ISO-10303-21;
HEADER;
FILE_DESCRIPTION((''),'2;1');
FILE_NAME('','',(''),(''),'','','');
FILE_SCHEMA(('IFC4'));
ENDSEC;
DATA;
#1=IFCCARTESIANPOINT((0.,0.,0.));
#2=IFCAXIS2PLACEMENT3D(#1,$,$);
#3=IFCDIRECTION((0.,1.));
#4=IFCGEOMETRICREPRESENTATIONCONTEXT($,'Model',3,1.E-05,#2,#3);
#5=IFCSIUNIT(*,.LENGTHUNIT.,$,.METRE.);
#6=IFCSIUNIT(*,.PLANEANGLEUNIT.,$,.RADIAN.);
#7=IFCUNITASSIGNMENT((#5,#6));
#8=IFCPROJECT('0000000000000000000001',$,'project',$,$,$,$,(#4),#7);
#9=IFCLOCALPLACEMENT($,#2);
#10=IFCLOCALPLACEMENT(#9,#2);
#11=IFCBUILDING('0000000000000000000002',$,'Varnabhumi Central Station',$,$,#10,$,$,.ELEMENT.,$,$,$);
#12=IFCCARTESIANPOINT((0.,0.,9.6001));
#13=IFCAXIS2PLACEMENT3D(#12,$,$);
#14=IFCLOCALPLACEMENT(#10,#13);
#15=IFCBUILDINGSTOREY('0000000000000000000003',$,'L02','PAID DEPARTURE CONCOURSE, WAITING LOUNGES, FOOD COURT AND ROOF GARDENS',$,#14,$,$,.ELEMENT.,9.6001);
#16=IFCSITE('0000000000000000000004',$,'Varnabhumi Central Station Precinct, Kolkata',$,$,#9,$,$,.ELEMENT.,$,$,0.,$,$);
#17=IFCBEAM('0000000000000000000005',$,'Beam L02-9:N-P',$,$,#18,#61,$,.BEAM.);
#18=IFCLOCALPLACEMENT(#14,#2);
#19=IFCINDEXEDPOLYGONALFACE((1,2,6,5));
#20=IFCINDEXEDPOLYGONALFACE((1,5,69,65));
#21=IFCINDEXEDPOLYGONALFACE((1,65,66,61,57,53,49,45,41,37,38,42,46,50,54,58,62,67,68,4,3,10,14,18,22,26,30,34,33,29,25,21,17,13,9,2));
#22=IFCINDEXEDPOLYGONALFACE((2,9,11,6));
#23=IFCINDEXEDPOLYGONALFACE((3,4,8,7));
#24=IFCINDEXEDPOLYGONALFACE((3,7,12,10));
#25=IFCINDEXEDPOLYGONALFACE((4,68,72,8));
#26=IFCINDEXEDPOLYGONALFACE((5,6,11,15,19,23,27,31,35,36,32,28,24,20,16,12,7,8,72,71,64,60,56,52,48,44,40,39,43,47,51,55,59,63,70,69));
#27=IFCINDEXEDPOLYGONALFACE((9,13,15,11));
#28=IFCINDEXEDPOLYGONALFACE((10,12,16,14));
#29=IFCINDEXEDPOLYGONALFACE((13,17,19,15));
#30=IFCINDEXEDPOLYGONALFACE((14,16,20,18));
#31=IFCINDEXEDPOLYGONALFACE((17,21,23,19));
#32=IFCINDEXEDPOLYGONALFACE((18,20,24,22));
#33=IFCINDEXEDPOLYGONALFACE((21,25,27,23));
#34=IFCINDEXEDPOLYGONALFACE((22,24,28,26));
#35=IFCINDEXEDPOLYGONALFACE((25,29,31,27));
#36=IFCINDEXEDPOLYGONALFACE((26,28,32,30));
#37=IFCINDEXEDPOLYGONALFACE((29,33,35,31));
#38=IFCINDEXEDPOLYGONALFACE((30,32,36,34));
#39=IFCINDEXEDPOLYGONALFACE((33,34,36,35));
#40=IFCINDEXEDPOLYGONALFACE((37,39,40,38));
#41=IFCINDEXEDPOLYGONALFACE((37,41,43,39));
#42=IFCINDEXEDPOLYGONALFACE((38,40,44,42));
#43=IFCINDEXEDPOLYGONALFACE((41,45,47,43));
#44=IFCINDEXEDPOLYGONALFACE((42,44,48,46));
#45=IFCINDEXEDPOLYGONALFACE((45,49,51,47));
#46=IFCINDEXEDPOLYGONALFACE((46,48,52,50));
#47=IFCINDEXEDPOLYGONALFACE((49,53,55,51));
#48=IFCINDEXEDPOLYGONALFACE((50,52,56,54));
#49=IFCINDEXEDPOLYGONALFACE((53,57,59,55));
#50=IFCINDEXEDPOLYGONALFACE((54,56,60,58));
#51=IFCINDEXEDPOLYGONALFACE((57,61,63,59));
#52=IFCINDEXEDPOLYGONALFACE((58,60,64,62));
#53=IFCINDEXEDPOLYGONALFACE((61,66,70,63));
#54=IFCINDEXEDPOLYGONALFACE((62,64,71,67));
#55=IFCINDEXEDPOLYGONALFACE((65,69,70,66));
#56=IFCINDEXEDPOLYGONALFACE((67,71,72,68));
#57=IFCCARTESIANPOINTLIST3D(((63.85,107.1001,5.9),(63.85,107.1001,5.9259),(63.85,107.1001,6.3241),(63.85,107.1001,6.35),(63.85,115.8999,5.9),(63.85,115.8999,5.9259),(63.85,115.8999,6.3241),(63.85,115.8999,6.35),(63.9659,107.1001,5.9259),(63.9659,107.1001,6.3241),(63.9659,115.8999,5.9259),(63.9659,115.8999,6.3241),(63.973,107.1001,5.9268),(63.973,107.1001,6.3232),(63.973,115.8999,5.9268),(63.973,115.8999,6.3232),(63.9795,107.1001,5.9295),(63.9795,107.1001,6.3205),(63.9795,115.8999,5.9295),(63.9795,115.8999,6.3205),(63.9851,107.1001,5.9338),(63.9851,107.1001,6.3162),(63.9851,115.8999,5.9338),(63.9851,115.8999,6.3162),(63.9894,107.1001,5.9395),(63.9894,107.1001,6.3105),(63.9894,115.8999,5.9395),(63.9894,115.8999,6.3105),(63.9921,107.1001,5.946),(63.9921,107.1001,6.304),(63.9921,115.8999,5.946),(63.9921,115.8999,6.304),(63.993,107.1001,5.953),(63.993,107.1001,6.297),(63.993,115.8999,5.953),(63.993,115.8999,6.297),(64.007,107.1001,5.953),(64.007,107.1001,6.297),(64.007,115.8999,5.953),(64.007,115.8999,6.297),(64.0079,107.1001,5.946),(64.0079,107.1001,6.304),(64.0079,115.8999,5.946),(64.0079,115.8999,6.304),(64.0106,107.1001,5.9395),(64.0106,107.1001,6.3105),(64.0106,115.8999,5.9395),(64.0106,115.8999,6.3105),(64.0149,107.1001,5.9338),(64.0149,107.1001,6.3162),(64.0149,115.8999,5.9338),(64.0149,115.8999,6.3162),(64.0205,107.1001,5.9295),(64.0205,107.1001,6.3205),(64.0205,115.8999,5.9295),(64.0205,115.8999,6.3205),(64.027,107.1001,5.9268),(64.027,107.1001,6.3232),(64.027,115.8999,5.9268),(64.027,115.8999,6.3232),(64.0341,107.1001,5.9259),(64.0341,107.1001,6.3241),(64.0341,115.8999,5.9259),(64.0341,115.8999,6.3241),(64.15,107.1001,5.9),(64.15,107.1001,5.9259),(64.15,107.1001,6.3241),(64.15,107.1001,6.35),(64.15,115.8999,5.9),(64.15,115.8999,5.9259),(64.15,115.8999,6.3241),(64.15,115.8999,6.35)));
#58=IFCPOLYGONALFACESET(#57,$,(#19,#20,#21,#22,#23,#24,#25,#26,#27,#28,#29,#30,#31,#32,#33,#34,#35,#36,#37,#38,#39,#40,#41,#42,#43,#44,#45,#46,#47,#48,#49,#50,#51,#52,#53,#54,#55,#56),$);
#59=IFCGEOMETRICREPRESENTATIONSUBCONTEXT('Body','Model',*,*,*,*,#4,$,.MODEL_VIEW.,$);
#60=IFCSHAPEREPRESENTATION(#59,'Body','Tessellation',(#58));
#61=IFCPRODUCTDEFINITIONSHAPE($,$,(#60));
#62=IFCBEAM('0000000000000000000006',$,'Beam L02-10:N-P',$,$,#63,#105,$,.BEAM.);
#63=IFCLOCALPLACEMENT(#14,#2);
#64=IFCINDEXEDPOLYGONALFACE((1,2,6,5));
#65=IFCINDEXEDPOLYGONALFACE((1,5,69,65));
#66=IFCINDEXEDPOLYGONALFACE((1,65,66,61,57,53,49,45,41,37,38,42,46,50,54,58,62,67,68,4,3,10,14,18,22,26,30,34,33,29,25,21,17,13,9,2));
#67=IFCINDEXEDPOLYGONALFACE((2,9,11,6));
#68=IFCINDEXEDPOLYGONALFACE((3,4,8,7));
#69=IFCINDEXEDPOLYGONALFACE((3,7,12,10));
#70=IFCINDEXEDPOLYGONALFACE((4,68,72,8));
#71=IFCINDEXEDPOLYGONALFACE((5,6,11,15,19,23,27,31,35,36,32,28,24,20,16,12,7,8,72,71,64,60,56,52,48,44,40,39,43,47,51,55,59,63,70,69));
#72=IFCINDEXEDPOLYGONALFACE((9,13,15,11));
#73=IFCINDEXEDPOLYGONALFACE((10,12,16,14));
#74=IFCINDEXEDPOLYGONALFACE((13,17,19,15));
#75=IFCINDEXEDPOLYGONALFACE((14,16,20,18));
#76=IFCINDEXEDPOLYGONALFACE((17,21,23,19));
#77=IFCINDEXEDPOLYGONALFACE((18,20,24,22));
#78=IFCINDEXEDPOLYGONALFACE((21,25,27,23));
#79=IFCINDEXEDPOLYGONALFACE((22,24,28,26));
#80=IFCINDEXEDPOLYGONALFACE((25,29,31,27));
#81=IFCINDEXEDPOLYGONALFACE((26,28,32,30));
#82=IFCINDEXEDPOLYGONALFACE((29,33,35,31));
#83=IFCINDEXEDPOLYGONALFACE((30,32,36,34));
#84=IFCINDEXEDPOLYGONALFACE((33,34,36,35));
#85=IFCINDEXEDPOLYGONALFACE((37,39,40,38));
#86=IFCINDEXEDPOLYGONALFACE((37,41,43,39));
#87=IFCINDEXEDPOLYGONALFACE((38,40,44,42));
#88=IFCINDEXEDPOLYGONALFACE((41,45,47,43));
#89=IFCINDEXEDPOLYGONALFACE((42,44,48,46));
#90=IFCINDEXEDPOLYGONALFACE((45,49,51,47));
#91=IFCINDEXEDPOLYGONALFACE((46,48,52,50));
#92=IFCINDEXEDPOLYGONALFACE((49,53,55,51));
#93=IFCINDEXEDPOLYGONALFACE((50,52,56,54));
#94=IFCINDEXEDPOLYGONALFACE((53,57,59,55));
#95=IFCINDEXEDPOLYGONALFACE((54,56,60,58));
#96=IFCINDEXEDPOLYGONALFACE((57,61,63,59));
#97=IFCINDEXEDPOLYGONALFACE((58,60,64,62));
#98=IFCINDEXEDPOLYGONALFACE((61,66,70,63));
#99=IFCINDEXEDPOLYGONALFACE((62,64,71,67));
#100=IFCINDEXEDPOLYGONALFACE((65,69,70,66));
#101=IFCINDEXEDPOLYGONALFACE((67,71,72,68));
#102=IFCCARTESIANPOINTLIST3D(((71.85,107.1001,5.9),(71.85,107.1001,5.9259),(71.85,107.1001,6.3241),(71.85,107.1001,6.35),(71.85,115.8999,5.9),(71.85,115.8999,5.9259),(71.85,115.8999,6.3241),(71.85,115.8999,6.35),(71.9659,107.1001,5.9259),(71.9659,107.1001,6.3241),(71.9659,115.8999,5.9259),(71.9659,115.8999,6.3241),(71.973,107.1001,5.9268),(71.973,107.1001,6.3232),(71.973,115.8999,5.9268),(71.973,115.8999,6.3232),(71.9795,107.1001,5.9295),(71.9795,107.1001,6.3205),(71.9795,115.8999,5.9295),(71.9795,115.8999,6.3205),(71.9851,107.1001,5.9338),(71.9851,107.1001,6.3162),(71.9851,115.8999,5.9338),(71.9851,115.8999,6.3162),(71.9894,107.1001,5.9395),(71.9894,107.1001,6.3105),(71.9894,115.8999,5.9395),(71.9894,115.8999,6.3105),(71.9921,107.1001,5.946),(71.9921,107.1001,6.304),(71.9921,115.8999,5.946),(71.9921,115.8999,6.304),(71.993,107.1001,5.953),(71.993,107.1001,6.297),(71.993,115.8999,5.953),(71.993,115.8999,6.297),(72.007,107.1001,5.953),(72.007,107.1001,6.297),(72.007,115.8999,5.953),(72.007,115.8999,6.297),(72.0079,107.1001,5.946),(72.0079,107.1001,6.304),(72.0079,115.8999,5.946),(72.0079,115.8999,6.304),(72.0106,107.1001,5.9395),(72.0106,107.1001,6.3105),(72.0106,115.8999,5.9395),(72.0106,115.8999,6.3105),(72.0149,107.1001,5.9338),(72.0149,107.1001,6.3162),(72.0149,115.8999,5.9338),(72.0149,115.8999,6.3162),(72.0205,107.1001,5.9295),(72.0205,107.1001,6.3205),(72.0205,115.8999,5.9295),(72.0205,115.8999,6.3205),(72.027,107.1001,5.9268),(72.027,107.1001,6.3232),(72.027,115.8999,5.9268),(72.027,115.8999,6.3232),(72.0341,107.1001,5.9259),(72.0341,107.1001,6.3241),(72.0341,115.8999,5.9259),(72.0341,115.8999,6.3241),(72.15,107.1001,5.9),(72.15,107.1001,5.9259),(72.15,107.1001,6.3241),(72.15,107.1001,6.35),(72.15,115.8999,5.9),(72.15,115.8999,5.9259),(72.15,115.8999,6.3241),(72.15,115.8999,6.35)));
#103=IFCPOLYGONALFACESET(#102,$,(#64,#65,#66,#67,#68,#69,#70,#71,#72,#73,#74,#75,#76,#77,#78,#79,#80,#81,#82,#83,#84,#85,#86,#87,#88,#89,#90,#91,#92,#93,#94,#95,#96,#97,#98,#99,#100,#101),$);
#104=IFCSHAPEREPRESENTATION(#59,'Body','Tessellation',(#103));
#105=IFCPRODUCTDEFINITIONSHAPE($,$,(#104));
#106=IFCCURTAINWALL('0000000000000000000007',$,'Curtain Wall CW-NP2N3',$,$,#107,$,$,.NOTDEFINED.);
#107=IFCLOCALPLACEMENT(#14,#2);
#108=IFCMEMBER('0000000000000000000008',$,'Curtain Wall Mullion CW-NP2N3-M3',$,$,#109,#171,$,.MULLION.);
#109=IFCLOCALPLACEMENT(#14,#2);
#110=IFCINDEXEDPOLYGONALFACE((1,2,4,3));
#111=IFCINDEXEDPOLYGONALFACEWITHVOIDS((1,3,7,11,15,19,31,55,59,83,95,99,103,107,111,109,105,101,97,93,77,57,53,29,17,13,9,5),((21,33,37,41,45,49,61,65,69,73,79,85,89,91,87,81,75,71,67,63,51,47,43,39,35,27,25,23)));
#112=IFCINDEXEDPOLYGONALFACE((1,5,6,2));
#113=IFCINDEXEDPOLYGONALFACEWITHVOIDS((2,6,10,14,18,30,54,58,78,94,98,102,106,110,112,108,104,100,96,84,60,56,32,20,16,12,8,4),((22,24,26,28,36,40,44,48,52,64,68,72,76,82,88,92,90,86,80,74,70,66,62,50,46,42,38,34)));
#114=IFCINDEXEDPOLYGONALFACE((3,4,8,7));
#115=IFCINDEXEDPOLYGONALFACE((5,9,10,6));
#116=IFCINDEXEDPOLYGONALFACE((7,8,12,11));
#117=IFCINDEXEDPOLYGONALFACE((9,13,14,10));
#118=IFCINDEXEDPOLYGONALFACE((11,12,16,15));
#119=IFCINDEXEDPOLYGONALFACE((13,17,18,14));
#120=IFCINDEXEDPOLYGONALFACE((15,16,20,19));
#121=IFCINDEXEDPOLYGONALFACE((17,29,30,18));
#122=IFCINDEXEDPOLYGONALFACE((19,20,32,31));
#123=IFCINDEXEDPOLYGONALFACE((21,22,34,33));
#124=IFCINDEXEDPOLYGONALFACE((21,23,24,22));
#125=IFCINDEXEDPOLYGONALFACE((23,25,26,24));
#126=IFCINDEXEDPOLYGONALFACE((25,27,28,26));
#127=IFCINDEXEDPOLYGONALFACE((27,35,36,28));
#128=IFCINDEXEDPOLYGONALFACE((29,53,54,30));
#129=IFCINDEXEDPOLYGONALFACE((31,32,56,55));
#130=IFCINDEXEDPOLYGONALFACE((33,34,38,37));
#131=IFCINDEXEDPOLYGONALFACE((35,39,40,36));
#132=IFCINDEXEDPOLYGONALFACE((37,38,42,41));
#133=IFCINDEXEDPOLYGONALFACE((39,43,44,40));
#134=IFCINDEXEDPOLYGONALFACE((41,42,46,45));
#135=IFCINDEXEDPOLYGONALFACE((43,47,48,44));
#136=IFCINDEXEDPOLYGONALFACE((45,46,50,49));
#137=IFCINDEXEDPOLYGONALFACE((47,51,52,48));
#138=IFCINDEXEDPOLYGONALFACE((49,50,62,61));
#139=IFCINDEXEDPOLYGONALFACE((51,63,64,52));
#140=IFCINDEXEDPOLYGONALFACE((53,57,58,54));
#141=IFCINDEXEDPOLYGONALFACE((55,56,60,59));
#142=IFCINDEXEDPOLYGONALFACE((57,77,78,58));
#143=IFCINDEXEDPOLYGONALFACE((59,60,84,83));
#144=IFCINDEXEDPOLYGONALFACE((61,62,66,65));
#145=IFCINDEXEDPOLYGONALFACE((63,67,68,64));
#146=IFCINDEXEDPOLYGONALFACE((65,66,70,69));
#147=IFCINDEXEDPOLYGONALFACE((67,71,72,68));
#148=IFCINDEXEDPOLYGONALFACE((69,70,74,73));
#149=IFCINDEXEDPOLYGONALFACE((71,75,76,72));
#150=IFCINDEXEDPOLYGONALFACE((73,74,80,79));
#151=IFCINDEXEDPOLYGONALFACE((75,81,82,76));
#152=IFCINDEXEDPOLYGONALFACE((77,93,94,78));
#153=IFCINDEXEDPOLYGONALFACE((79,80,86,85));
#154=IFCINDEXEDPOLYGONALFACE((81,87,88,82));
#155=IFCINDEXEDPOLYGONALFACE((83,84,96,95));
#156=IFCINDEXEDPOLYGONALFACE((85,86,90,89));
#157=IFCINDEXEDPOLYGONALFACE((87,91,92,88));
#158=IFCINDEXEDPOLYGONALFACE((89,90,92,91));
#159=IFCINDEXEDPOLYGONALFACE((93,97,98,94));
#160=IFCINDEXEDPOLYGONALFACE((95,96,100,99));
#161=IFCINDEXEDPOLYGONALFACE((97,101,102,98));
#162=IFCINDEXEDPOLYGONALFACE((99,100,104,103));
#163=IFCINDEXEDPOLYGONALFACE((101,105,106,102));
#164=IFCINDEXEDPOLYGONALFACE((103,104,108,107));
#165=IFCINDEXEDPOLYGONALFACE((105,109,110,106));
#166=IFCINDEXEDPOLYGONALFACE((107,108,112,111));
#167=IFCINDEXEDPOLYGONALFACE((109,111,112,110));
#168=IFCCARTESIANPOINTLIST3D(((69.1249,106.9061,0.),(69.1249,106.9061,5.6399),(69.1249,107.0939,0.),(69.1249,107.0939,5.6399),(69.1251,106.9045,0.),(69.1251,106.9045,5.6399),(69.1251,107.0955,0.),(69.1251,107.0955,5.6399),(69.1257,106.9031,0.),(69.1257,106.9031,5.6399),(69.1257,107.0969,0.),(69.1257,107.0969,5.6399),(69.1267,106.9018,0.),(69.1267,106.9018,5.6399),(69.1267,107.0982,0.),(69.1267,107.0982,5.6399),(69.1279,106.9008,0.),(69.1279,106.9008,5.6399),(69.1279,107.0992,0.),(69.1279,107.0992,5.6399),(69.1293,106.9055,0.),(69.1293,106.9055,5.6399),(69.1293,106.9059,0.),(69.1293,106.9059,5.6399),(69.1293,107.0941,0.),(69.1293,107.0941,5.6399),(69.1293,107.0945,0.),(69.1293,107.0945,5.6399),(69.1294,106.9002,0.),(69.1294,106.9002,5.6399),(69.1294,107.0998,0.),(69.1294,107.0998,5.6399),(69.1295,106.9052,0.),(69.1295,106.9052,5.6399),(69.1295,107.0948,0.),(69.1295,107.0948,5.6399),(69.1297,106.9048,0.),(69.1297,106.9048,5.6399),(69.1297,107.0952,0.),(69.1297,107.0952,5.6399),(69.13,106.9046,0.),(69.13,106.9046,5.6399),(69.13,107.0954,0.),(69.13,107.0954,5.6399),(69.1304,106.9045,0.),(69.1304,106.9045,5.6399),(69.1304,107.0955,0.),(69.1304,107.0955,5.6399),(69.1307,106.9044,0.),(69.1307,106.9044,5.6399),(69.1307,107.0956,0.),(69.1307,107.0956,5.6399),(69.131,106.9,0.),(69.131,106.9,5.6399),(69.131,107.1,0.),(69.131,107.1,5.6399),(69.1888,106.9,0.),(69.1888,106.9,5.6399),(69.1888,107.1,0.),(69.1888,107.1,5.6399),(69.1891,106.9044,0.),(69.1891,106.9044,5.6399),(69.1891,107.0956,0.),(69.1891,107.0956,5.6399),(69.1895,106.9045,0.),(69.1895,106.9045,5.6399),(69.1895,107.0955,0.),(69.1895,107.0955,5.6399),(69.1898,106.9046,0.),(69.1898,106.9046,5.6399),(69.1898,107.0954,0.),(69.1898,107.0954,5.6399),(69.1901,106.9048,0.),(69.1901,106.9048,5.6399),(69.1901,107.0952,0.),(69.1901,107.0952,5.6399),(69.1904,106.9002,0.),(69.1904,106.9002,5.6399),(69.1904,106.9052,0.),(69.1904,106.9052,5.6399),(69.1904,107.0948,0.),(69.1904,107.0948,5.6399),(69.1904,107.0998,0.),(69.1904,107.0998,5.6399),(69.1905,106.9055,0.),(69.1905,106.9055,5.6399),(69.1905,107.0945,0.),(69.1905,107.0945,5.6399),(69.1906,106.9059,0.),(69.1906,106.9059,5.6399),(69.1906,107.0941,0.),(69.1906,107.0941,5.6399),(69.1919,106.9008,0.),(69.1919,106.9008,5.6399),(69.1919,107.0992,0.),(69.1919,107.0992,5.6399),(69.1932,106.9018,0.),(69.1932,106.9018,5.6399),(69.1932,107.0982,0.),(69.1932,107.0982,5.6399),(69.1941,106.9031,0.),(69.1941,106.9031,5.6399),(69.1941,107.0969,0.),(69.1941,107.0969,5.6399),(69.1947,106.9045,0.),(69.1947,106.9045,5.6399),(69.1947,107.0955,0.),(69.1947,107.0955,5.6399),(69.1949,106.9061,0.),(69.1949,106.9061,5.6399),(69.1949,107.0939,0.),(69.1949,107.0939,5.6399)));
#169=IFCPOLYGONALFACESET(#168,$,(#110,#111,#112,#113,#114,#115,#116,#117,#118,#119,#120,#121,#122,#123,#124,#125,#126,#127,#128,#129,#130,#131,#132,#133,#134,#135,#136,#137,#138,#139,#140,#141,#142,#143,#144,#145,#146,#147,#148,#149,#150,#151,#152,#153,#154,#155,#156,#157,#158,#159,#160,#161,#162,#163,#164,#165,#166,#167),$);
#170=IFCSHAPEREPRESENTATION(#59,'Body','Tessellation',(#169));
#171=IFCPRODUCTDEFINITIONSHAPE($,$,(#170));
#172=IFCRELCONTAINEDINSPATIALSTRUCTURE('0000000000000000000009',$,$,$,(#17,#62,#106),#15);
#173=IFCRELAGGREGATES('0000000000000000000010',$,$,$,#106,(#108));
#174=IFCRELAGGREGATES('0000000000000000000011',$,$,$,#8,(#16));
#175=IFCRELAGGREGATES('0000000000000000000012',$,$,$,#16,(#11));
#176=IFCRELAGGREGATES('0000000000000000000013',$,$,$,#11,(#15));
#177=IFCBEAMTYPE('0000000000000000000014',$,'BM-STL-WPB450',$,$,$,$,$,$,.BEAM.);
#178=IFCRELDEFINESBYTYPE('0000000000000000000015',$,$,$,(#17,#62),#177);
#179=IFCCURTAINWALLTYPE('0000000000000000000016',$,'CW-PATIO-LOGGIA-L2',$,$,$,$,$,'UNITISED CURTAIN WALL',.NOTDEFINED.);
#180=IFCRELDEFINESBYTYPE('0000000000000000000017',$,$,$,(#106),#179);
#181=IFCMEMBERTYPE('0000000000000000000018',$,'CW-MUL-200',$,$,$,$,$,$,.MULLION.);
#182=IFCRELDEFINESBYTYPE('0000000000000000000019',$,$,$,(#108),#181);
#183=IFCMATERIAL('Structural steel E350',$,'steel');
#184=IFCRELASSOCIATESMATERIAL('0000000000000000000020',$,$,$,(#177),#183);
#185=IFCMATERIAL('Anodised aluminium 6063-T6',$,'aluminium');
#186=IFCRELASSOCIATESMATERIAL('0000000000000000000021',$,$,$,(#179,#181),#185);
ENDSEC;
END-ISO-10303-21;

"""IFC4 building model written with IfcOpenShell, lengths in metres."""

from ifc_helpers import new_model, si_unit, direction, frame, origin, origin_2d, place, context, subcontext, project, spatial, hollow_rectangle, i_section, extrude, material, material_profile, profile_set, type_object, element, aggregate, save


model = new_model("IFC4")

# Units and contexts
model_context = context("Model", 3, precision=1e-05, world=origin(), true_north=direction((0.0, 1.0)))
body_context = subcontext(model_context, "Body", "Model", "MODEL_VIEW")
ifc_project = project(units=[si_unit("LENGTHUNIT", "METRE"), si_unit("PLANEANGLEUNIT", "RADIAN")], contexts=[model_context])

# Site, building, storey
site_placement = place(None, origin())
site = spatial("IfcSite", under=ifc_project, at=site_placement, Name="Varnabhumi Central Station Precinct, Kolkata", CompositionType="ELEMENT", RefElevation=0.0)
building_placement = place(site_placement, origin())
building = spatial("IfcBuilding", under=site, at=building_placement, Name="Varnabhumi Central Station", CompositionType="ELEMENT")
storey_placement = place(building_placement, frame((0.0, 0.0, 9.6001)))
storey = spatial("IfcBuildingStorey", under=building, at=storey_placement, Name="L02", Description="PAID DEPARTURE CONCOURSE, WAITING LOUNGES, FOOD COURT AND ROOF GARDENS", CompositionType="ELEMENT", Elevation=9.6001)

# Beams
ifc_material_1 = material(Name="Structural steel E350", Category="steel")
ifc_material_profile_1 = material_profile(ifc_material_1, i_section(OverallWidth=0.3, OverallDepth=0.45, WebThickness=0.0139, FlangeThickness=0.0259, FilletRadius=0.0271, at=origin_2d()), Name="Structural steel E350", Category="steel")
ifc_profile_set_1 = profile_set([ifc_material_profile_1], Name="Structural steel E350")
beam_type_1 = type_object("IfcBeamType", Name="BM-STL-WPB450", PredefinedType="BEAM", material=ifc_profile_set_1)
for number, where, z_axis, x_axis, name in (
    (1, (64.0, 107.1001, 6.125), (0.0, 1.0, 0.0), (-1.0, 0.0, 0.0), "Beam L02-9:N-P"),
    (2, (72.0, 107.1001, 6.125), (0.0, 1.0, 0.0), (-1.0, 0.0, 0.0), "Beam L02-10:N-P"),
):
    element("IfcBeam", number, at=place(storey_placement, frame(where, z_axis=z_axis, x_axis=x_axis)), inside=storey, type_object=beam_type_1, Name=name, PredefinedType="BEAM", context=body_context, shape_type="SweptSolid", body=[
        extrude(i_section(OverallWidth=0.3, OverallDepth=0.45, WebThickness=0.0139, FlangeThickness=0.0259, FilletRadius=0.0271, at=origin_2d()), origin(), (0.0, 0.0, 1.0), 8.7998),
    ])

# Curtain wall, member
ifc_material_2 = material(Name="Anodised aluminium 6063-T6", Category="aluminium")
curtain_wall_type = type_object("IfcCurtainWallType", Name="CW-PATIO-LOGGIA-L2", ElementType="UNITISED CURTAIN WALL", PredefinedType="NOTDEFINED", material=ifc_material_2)
curtain_wall_placement = place(storey_placement, origin())
curtain_wall = element("IfcCurtainWall", 3, at=curtain_wall_placement, inside=storey, type_object=curtain_wall_type, Name="Curtain Wall CW-NP2N3", PredefinedType="NOTDEFINED")
ifc_material_profile_2 = material_profile(ifc_material_2, hollow_rectangle(XDim=0.0701, YDim=0.2, WallThickness=0.0044, InnerFilletRadius=0.0015, OuterFilletRadius=0.0061, at=origin_2d()), Name="Anodised aluminium 6063-T6", Category="aluminium")
ifc_profile_set_2 = profile_set([ifc_material_profile_2], Name="Anodised aluminium 6063-T6")
member_type = type_object("IfcMemberType", Name="CW-MUL-200", PredefinedType="MULLION", material=ifc_profile_set_2)
member_1_placement = place(storey_placement, frame((69.1599, 107.0, 0.0), z_axis=(0.0, 0.0, 1.0), x_axis=(1.0, 0.0, 0.0)))
member_1 = element("IfcMember", 4, at=member_1_placement, type_object=member_type, Name="Curtain Wall Mullion CW-NP2N3-M3", PredefinedType="MULLION", context=body_context, shape_type="SweptSolid", body=[
    extrude(hollow_rectangle(XDim=0.0701, YDim=0.2, WallThickness=0.0044, InnerFilletRadius=0.0015, OuterFilletRadius=0.0061, at=origin_2d()), origin(), (0.0, 0.0, 1.0), 5.6399),
])
aggregate(curtain_wall, [member_1])

save(model, "model.ifc")
